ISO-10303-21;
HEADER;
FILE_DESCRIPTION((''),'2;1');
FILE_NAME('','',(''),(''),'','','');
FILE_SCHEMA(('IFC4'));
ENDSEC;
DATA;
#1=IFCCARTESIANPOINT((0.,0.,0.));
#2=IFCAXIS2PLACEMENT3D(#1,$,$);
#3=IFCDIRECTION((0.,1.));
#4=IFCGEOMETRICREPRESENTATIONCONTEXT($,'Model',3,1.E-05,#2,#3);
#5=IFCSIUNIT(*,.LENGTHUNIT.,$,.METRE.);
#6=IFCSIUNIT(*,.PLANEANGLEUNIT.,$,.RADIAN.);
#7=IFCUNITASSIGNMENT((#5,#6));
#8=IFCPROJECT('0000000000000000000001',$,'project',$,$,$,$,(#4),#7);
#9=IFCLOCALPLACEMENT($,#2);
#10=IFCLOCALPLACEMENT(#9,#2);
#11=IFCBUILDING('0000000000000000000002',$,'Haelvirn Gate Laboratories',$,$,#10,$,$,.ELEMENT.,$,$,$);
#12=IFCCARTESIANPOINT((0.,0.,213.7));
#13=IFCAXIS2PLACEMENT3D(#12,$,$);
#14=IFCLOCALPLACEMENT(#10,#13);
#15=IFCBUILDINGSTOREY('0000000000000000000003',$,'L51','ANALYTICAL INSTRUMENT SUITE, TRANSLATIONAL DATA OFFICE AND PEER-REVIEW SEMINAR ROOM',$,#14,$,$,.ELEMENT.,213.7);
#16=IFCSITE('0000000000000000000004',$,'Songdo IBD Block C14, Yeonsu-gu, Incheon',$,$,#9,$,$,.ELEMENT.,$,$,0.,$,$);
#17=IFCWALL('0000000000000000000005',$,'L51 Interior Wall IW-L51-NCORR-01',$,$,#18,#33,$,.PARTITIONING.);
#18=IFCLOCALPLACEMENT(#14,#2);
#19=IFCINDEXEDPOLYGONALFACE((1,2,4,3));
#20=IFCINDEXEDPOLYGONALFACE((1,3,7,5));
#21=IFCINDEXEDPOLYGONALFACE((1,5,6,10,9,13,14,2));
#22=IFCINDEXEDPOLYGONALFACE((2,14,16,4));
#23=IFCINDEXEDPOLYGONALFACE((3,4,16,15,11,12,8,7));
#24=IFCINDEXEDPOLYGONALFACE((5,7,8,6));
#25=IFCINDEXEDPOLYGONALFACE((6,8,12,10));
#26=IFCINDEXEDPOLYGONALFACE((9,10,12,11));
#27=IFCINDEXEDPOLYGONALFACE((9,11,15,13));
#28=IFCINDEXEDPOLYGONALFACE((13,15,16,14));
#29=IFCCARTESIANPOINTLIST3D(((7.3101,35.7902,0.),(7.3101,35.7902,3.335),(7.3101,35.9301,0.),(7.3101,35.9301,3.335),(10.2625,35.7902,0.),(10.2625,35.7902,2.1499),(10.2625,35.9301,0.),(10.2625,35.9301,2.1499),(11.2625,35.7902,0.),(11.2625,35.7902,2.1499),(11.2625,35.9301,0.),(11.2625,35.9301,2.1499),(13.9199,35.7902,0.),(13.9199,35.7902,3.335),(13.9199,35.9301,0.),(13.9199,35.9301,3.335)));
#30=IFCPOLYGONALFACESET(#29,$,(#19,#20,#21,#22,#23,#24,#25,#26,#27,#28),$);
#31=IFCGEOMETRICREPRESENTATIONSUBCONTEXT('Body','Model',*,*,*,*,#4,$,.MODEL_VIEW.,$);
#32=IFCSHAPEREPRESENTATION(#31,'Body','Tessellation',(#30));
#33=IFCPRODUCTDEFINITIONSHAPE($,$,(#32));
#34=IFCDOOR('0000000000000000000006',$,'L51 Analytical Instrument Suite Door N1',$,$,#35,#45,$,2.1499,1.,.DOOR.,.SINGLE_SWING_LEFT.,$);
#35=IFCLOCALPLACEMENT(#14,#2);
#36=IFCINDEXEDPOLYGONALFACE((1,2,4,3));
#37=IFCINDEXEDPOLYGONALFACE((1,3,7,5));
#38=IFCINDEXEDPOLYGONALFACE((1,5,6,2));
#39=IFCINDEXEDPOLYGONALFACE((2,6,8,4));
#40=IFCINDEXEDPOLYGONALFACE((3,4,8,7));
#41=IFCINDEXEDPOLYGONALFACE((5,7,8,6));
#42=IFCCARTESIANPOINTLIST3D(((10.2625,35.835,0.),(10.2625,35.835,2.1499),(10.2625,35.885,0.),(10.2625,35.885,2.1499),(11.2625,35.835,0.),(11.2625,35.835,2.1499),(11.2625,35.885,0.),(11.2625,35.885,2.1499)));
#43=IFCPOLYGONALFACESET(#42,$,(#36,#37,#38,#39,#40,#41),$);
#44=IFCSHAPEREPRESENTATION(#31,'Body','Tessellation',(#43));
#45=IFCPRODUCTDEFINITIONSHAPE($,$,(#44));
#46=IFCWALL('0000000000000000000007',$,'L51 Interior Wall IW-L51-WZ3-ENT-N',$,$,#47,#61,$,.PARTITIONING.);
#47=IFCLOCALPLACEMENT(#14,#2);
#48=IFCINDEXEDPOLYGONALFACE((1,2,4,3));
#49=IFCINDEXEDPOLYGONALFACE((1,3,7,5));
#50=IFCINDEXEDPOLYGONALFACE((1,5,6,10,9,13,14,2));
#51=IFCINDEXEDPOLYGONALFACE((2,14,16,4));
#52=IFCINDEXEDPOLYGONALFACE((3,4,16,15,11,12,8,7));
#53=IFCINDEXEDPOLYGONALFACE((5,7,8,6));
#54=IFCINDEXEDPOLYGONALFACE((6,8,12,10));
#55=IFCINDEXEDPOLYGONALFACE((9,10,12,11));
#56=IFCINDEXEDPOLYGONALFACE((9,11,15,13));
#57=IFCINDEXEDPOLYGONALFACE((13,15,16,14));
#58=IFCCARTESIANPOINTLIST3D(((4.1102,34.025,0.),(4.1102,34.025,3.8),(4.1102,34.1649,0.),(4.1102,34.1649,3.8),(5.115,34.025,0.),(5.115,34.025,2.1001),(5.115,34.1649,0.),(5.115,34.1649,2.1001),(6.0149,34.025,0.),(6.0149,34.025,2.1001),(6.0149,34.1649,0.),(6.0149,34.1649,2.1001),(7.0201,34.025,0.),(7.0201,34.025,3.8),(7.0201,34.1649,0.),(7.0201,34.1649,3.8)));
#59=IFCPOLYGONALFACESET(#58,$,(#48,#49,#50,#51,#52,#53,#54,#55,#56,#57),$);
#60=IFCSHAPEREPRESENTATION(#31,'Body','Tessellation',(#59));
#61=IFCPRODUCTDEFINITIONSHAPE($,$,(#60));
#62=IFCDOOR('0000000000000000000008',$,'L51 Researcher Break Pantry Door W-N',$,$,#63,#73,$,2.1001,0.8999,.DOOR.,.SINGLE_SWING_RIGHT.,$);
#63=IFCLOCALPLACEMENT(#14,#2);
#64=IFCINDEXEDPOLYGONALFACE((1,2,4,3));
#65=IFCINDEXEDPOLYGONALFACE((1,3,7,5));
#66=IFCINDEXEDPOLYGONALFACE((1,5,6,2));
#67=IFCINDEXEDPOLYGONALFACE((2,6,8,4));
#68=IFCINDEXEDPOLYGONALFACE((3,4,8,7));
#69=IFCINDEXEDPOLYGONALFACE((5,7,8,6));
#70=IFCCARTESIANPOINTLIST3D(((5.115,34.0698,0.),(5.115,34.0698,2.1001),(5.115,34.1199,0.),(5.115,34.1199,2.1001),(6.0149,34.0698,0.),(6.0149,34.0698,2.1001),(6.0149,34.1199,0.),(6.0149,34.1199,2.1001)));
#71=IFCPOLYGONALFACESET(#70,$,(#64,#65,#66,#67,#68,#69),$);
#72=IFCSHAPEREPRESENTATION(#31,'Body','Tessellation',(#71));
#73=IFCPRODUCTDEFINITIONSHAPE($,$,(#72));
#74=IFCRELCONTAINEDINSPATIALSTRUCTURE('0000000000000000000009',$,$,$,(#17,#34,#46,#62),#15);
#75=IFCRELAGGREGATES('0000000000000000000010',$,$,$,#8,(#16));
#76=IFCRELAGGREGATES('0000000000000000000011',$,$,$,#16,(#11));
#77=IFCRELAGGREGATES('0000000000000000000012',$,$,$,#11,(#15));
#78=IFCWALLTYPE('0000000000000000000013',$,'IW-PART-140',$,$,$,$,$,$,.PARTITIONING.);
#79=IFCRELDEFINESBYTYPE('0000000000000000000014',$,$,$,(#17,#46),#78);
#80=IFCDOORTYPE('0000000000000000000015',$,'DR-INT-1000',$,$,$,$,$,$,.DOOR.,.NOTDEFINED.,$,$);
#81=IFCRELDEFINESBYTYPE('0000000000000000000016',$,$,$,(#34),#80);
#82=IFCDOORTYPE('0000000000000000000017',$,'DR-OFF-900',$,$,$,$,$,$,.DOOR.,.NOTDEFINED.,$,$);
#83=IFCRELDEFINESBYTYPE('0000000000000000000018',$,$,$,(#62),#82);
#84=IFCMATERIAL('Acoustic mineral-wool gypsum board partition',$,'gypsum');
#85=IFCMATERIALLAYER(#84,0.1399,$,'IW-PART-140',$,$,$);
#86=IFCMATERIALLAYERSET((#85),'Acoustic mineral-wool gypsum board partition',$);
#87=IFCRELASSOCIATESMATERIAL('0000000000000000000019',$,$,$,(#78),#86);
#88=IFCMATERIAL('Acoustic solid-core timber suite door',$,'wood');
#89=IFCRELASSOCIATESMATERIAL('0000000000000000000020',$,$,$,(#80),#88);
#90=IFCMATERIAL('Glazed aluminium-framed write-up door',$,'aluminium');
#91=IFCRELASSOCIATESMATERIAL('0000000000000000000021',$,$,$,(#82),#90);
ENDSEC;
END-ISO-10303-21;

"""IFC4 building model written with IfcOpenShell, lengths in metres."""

from ifc_helpers import new_model, si_unit, direction, frame, frame_2d, origin, place, context, subcontext, project, spatial, rectangle, extrude, source, transform, mapped, material, layer, layer_set, type_object, type_shapes, element, fill, save


model = new_model("IFC4")

# Units and contexts
model_context = context("Model", 3, precision=1e-05, world=origin(), true_north=direction((0.0, 1.0)))
body_context = subcontext(model_context, "Body", "Model", "MODEL_VIEW")
ifc_project = project(units=[si_unit("LENGTHUNIT", "METRE"), si_unit("PLANEANGLEUNIT", "RADIAN")], contexts=[model_context])

# Site, building, storey
site_placement = place(None, origin())
site = spatial("IfcSite", under=ifc_project, at=site_placement, Name="Songdo IBD Block C14, Yeonsu-gu, Incheon", CompositionType="ELEMENT", RefElevation=0.0)
building_placement = place(site_placement, origin())
building = spatial("IfcBuilding", under=site, at=building_placement, Name="Haelvirn Gate Laboratories", CompositionType="ELEMENT")
storey_placement = place(building_placement, frame((0.0, 0.0, 213.7)))
storey = spatial("IfcBuildingStorey", under=building, at=storey_placement, Name="L51", Description="ANALYTICAL INSTRUMENT SUITE, TRANSLATIONAL DATA OFFICE AND PEER-REVIEW SEMINAR ROOM", CompositionType="ELEMENT", Elevation=213.7)

# Walls, openings, doors
ifc_material_1 = material(Name="Acoustic mineral-wool gypsum board partition", Category="gypsum")
ifc_layer_1 = layer(ifc_material_1, 0.1399, Name="IW-PART-140")
ifc_layer_set_1 = layer_set([ifc_layer_1], Name="Acoustic mineral-wool gypsum board partition")
wall_type_1 = type_object("IfcWallType", Name="IW-PART-140", PredefinedType="PARTITIONING", material=ifc_layer_set_1)
wall_1_placement = place(storey_placement, frame((7.3101, 35.8601, 0.0), z_axis=(0.0, 0.0, 1.0), x_axis=(1.0, 0.0, 0.0)))
wall_1 = element("IfcWall", 1, at=wall_1_placement, inside=storey, type_object=wall_type_1, Name="L51 Interior Wall IW-L51-NCORR-01", PredefinedType="PARTITIONING", context=body_context, shape_type="SweptSolid", body=[
    extrude(rectangle(XDim=6.6099, YDim=0.1399, at=frame_2d((3.3049, 0.0))), origin(), (0.0, 0.0, 1.0), 3.335),
])
opening_1_placement = place(wall_1_placement, frame((2.9524, 0.0, 0.0)))
opening_1 = element("IfcOpeningElement", 2, at=opening_1_placement, cuts=wall_1, PredefinedType="OPENING", context=body_context, shape_type="SweptSolid", body=[
    extrude(rectangle(XDim=1.0, YDim=2.1499, at=frame_2d((0.5, 1.075))), frame((0.0, 0.0801, 0.0), z_axis=(0.0, -1.0, 0.0), x_axis=(1.0, 0.0, 0.0)), (0.0, 0.0, 1.0), 0.1599),
])
ifc_material_2 = material(Name="Acoustic solid-core timber suite door", Category="wood")
door_type_1 = type_object("IfcDoorType", Name="DR-INT-1000", OperationType="NOTDEFINED", PredefinedType="DOOR", material=ifc_material_2)
shared_shape_1 = source(origin(), body_context, "Body", "SweptSolid", [
    extrude(rectangle(XDim=1.0, YDim=2.1499, at=frame_2d((0.5, 1.075))), frame((0.0, 0.0249, 0.0), z_axis=(0.0, -1.0, 0.0), x_axis=(1.0, 0.0, 0.0)), (0.0, 0.0, 1.0), 0.05),
])
type_shapes(door_type_1, [shared_shape_1])
door_1_placement = place(opening_1_placement, origin())
door_1 = element("IfcDoor", 3, at=door_1_placement, inside=storey, type_object=door_type_1, Name="L51 Analytical Instrument Suite Door N1", OperationType="SINGLE_SWING_LEFT", OverallHeight=2.1499, OverallWidth=1.0, PredefinedType="DOOR", context=body_context, shape_type="MappedRepresentation", body=[
    mapped(shared_shape_1, transform((0.0, 0.0, 0.0), scale=1.0)),
])
fill(opening_1, door_1)
wall_2_placement = place(storey_placement, frame((4.1101, 34.095, 0.0), z_axis=(0.0, 0.0, 1.0), x_axis=(1.0, 0.0, 0.0)))
wall_2 = element("IfcWall", 4, at=wall_2_placement, inside=storey, type_object=wall_type_1, Name="L51 Interior Wall IW-L51-WZ3-ENT-N", PredefinedType="PARTITIONING", context=body_context, shape_type="SweptSolid", body=[
    extrude(rectangle(XDim=2.9099, YDim=0.1399, at=frame_2d((1.4551, 0.0))), origin(), (0.0, 0.0, 1.0), 3.8),
])
opening_2_placement = place(wall_2_placement, frame((1.0049, 0.0, 0.0)))
opening_2 = element("IfcOpeningElement", 5, at=opening_2_placement, cuts=wall_2, PredefinedType="OPENING", context=body_context, shape_type="SweptSolid", body=[
    extrude(rectangle(XDim=0.8999, YDim=2.1001, at=frame_2d((0.45, 1.05))), frame((0.0, 0.0801, 0.0), z_axis=(0.0, -1.0, 0.0), x_axis=(1.0, 0.0, 0.0)), (0.0, 0.0, 1.0), 0.1599),
])
ifc_material_3 = material(Name="Glazed aluminium-framed write-up door", Category="aluminium")
door_type_2 = type_object("IfcDoorType", Name="DR-OFF-900", OperationType="NOTDEFINED", PredefinedType="DOOR", material=ifc_material_3)
shared_shape_2 = source(origin(), body_context, "Body", "SweptSolid", [
    extrude(rectangle(XDim=0.8999, YDim=2.1001, at=frame_2d((0.45, 1.05))), frame((0.0, 0.0249, 0.0), z_axis=(0.0, -1.0, 0.0), x_axis=(1.0, 0.0, 0.0)), (0.0, 0.0, 1.0), 0.05),
])
type_shapes(door_type_2, [shared_shape_2])
door_2_placement = place(opening_2_placement, origin())
door_2 = element("IfcDoor", 6, at=door_2_placement, inside=storey, type_object=door_type_2, Name="L51 Researcher Break Pantry Door W-N", OperationType="SINGLE_SWING_RIGHT", OverallHeight=2.1001, OverallWidth=0.8999, PredefinedType="DOOR", context=body_context, shape_type="MappedRepresentation", body=[
    mapped(shared_shape_2, transform((0.0, 0.0, 0.0), scale=1.0)),
])
fill(opening_2, door_2)

save(model, "model.ifc")
